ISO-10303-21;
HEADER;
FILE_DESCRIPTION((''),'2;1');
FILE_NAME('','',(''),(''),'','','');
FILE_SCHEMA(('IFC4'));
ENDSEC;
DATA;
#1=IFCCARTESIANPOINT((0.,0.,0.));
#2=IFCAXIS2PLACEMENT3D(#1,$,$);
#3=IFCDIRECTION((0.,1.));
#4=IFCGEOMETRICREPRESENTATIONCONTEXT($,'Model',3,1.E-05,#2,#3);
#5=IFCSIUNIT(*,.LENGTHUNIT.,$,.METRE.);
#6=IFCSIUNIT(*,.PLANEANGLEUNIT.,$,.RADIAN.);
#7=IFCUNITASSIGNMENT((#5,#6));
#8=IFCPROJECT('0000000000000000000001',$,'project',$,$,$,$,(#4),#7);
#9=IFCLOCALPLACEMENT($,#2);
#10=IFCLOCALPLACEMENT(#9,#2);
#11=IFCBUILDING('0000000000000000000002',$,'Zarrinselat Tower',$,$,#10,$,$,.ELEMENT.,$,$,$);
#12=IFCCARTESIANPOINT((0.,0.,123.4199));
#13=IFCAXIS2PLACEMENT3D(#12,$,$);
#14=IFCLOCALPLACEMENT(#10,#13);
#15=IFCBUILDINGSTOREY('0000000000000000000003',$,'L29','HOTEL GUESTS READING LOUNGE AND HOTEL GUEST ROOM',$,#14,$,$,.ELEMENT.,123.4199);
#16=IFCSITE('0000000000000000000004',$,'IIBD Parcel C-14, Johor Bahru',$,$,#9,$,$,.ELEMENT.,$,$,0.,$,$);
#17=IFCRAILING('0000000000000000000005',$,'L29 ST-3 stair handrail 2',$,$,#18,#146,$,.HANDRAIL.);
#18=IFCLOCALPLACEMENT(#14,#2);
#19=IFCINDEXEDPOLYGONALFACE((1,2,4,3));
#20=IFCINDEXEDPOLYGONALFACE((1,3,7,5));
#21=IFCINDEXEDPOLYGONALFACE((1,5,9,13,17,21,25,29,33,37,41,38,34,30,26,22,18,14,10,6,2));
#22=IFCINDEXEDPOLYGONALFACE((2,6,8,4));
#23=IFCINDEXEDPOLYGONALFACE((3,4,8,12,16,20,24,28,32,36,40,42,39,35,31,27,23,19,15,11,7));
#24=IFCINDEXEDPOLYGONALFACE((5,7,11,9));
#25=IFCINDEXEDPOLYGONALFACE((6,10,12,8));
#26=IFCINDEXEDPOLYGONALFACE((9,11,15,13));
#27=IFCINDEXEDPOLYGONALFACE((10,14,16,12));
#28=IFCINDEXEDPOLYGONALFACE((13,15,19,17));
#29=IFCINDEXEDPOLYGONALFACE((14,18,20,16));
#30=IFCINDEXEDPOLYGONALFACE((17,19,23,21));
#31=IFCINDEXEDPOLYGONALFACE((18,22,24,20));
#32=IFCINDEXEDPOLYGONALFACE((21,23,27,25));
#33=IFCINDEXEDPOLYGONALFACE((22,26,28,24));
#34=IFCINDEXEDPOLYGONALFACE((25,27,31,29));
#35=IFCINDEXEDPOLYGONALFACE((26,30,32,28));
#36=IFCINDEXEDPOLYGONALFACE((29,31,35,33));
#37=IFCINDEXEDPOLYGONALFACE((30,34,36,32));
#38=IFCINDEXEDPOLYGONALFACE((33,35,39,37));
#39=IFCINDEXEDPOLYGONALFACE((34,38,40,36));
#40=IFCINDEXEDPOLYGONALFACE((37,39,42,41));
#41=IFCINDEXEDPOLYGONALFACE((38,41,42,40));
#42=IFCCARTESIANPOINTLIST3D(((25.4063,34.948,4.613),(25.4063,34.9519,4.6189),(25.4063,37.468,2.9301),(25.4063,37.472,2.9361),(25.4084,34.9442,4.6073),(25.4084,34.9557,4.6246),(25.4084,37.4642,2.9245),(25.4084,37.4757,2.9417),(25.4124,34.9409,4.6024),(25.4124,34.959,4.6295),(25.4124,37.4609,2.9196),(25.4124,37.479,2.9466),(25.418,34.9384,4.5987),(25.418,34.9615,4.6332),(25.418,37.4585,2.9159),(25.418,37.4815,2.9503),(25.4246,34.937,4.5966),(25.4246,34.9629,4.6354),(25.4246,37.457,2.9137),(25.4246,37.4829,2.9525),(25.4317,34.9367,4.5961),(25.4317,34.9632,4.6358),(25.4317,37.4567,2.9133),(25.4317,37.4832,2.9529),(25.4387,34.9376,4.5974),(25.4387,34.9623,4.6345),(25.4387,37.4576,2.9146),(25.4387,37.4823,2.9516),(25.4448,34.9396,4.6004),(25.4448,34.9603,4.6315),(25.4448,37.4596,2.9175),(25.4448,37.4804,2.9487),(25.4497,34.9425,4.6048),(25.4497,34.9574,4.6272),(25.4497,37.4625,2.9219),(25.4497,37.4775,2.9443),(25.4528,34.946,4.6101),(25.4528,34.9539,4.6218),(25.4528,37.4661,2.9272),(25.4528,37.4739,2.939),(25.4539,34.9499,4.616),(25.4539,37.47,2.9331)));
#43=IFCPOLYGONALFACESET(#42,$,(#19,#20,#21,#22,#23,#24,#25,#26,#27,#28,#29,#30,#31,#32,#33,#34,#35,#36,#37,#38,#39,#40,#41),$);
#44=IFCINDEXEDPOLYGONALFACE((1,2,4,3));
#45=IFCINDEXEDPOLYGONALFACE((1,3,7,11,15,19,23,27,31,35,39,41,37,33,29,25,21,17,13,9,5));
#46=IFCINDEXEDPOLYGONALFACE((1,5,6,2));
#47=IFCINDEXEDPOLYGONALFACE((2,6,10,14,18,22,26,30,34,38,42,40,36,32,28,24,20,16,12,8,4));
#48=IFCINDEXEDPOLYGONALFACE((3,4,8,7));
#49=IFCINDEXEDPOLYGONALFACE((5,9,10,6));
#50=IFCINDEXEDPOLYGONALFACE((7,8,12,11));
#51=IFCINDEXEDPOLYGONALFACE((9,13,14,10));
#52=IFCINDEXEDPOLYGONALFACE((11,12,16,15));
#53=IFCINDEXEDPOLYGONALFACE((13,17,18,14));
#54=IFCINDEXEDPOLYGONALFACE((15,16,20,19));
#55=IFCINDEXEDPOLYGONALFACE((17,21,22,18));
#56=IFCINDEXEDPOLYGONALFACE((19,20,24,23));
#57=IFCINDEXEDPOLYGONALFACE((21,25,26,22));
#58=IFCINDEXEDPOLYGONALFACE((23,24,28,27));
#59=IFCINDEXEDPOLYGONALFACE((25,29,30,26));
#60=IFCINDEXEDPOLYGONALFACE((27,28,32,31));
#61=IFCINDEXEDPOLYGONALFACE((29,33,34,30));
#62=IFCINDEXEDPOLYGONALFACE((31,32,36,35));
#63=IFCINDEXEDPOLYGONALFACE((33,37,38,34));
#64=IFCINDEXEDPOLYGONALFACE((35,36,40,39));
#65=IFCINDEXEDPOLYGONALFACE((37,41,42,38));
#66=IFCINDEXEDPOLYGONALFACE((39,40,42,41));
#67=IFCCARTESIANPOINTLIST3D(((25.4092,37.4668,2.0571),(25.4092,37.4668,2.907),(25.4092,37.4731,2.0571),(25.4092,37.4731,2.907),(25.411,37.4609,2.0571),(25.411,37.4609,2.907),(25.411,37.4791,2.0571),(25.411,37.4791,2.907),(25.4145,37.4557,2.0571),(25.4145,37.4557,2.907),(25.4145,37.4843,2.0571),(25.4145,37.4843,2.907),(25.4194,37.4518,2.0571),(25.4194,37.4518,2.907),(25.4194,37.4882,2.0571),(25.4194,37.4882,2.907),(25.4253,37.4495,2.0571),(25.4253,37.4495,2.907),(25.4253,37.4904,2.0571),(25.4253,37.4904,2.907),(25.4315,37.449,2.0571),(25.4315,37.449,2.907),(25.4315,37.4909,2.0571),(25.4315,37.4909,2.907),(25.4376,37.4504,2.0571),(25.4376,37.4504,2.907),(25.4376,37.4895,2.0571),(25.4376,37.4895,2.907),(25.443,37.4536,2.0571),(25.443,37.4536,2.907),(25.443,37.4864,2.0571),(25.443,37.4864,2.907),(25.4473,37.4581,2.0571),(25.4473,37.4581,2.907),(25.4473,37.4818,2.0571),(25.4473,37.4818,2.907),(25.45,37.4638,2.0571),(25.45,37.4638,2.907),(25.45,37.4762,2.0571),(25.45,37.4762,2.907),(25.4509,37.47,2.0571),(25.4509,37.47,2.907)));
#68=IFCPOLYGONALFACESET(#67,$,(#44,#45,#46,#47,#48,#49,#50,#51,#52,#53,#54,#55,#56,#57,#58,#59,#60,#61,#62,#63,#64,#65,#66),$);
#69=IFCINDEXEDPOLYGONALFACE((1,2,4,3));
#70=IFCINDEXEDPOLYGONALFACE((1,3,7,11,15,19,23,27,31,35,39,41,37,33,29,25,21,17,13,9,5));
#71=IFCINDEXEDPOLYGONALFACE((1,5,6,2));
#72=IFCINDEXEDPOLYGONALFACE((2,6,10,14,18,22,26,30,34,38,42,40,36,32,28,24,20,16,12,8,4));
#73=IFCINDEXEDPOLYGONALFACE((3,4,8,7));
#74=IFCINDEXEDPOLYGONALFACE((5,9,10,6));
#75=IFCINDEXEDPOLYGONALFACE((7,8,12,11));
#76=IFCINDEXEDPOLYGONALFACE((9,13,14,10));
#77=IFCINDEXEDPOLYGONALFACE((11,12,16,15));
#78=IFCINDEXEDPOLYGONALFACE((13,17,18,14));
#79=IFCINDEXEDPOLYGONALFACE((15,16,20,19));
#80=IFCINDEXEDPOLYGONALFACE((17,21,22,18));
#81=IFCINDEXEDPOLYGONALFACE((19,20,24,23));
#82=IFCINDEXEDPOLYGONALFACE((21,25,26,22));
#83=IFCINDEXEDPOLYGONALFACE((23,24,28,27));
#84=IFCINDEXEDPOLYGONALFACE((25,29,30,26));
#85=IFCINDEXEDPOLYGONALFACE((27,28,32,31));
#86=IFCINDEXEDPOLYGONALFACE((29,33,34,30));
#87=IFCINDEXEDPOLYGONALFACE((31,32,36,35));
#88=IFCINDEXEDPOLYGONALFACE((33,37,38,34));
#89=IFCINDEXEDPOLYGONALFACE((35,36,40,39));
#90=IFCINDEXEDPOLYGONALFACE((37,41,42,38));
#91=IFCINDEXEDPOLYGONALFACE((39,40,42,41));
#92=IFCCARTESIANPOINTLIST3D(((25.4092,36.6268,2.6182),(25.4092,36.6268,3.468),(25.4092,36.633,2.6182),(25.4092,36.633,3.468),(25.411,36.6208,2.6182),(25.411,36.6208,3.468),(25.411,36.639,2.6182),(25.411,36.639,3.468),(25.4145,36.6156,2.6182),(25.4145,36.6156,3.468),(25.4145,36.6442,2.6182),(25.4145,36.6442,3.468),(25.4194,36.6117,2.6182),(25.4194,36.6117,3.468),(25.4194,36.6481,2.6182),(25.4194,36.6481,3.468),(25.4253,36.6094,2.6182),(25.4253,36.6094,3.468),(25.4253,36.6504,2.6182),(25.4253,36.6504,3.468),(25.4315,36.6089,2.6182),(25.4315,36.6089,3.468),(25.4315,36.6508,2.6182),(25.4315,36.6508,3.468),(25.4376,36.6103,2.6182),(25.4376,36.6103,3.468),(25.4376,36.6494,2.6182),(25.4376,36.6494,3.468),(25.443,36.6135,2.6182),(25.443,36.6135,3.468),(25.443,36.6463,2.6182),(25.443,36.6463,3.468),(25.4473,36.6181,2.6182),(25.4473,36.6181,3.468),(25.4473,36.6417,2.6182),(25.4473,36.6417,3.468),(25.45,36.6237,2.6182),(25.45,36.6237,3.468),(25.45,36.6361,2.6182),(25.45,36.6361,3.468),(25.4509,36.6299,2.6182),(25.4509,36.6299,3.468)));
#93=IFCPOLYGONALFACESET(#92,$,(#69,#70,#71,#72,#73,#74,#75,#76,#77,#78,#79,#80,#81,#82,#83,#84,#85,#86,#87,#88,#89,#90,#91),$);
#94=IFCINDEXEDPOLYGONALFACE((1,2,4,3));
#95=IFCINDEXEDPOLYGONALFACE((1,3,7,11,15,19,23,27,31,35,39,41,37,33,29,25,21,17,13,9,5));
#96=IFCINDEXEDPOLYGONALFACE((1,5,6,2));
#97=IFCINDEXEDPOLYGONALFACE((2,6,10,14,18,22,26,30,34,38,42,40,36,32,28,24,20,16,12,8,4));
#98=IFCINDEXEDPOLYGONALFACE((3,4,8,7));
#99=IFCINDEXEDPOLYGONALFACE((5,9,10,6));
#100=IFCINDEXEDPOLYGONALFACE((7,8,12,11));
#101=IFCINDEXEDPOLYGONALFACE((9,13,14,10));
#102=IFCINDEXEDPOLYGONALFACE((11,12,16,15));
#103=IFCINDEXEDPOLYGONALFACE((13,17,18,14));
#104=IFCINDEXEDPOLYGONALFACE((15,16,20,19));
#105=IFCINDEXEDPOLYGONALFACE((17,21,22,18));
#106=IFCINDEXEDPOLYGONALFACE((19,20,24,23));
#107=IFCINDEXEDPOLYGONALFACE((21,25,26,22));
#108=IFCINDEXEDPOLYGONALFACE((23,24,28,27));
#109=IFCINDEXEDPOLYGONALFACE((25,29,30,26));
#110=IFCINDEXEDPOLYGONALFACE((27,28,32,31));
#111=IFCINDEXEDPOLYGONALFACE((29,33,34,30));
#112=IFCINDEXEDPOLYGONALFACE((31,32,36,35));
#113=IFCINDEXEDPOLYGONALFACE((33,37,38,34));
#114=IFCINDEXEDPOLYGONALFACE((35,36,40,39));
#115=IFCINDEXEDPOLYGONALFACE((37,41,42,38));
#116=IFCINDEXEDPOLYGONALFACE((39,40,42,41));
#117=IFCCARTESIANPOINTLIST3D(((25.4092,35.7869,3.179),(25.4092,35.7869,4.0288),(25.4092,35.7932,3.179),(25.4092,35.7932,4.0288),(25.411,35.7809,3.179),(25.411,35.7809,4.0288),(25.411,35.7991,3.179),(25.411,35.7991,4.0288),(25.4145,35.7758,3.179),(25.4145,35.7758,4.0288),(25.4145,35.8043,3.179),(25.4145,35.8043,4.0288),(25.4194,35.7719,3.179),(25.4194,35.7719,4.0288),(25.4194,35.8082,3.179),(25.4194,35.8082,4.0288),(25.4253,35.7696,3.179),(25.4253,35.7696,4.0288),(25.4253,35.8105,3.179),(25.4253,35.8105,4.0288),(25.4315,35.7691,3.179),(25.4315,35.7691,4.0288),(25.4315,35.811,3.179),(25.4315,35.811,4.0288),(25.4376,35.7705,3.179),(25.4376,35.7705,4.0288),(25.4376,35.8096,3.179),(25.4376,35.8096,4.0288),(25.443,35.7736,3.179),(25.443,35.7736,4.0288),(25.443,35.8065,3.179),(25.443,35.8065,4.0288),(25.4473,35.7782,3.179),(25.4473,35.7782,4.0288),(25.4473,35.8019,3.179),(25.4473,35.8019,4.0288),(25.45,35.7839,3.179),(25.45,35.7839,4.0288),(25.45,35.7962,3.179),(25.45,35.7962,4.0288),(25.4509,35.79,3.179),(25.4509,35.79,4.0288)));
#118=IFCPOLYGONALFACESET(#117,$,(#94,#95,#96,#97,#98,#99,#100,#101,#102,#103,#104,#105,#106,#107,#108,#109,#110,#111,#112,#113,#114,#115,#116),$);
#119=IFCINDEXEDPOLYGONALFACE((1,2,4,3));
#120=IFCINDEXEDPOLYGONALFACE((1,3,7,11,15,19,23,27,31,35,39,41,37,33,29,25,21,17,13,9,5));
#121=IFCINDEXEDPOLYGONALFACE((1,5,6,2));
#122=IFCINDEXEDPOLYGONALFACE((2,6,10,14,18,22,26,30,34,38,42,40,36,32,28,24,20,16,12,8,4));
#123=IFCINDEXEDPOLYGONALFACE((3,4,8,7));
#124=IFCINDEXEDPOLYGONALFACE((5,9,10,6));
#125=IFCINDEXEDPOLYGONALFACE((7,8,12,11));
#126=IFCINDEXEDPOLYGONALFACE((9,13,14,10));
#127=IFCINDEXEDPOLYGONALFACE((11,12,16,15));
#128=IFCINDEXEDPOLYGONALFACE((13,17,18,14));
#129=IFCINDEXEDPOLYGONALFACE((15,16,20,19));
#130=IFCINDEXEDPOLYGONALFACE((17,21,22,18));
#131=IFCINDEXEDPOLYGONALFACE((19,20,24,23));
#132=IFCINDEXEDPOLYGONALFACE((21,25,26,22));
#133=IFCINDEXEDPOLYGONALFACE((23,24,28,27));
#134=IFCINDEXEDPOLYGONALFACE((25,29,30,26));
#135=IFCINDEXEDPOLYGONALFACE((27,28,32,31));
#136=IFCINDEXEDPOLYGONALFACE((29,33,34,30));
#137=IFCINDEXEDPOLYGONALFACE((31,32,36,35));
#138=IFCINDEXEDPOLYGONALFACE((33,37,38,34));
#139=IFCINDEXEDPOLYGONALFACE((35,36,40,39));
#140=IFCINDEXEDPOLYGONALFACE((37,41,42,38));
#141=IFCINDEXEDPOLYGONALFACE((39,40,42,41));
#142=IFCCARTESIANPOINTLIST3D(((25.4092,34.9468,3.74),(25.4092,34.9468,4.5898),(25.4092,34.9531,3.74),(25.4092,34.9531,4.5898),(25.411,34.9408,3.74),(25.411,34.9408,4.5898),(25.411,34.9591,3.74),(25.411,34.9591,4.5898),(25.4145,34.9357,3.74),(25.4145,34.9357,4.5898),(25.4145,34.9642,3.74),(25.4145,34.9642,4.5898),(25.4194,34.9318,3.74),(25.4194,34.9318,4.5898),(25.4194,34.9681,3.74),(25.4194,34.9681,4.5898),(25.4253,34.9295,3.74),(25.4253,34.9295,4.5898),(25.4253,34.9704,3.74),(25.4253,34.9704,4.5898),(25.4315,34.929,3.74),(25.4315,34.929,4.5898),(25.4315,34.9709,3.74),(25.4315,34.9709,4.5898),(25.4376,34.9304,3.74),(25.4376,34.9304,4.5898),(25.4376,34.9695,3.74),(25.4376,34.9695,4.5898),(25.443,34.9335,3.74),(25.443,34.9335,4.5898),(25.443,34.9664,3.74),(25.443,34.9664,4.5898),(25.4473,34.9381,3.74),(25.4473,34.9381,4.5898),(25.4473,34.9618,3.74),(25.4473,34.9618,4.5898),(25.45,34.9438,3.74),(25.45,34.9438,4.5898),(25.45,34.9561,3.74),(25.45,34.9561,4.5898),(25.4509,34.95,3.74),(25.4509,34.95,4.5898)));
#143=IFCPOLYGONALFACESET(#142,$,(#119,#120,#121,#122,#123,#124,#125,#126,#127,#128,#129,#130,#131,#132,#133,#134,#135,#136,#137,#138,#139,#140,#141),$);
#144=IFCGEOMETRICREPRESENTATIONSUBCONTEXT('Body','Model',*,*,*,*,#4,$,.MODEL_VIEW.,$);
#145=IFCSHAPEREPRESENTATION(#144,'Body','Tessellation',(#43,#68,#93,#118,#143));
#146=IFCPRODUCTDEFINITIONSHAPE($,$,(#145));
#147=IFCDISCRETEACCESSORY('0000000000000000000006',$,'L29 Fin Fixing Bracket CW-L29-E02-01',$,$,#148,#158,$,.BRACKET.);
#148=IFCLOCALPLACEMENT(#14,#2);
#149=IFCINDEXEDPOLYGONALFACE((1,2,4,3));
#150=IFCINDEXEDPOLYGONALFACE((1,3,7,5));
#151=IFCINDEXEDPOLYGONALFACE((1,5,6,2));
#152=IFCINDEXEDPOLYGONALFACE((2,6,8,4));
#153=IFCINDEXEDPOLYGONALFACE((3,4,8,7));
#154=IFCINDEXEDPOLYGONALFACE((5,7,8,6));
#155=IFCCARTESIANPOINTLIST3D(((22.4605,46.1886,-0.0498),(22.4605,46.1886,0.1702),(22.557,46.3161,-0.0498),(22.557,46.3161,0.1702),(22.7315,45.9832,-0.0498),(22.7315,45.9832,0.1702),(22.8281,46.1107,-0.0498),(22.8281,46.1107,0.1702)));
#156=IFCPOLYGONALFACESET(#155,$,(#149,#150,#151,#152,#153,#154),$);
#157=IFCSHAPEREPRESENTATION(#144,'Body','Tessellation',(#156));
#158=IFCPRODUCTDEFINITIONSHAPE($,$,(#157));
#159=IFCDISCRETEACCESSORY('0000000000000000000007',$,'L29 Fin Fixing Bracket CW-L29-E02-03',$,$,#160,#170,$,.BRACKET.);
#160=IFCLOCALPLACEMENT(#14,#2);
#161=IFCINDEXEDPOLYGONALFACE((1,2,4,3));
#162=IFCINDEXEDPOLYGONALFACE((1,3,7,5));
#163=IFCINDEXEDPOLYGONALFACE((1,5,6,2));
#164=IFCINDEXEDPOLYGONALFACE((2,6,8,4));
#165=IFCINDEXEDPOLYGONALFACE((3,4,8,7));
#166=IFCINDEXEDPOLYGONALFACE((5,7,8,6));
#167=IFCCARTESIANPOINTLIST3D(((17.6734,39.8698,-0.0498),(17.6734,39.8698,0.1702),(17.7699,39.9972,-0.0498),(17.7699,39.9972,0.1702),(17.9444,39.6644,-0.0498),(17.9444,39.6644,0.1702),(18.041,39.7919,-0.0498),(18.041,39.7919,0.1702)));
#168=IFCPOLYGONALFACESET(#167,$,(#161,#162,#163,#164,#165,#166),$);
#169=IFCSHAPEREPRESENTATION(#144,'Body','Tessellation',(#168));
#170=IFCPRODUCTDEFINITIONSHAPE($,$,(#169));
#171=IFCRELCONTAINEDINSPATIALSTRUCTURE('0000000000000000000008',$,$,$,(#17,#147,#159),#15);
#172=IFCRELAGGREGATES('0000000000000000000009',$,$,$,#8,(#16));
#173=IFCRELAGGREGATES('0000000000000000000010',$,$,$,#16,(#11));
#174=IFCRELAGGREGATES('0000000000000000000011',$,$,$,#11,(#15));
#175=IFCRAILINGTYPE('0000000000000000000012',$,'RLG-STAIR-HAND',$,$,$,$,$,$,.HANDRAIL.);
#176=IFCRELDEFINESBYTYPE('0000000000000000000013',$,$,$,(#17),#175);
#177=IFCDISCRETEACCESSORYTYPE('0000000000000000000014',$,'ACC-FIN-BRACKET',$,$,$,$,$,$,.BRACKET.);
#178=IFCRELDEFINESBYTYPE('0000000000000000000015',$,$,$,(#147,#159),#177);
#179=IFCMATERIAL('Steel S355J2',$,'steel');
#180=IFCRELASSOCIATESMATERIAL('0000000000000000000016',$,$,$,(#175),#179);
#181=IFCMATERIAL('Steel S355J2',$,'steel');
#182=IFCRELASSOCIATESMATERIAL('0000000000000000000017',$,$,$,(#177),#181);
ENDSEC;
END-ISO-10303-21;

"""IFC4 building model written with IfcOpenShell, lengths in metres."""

from ifc_helpers import new_model, si_unit, direction, frame, origin, origin_2d, place, context, subcontext, project, spatial, rectangle, circle, extrude, material, type_object, element, save


model = new_model("IFC4")

# Units and contexts
model_context = context("Model", 3, precision=1e-05, world=origin(), true_north=direction((0.0, 1.0)))
body_context = subcontext(model_context, "Body", "Model", "MODEL_VIEW")
ifc_project = project(units=[si_unit("LENGTHUNIT", "METRE"), si_unit("PLANEANGLEUNIT", "RADIAN")], contexts=[model_context])

# Site, building, storey
site_placement = place(None, origin())
site = spatial("IfcSite", under=ifc_project, at=site_placement, Name="IIBD Parcel C-14, Johor Bahru", CompositionType="ELEMENT", RefElevation=0.0)
building_placement = place(site_placement, origin())
building = spatial("IfcBuilding", under=site, at=building_placement, Name="Zarrinselat Tower", CompositionType="ELEMENT")
storey_placement = place(building_placement, frame((0.0, 0.0, 123.4199)))
storey = spatial("IfcBuildingStorey", under=building, at=storey_placement, Name="L29", Description="HOTEL GUESTS READING LOUNGE AND HOTEL GUEST ROOM", CompositionType="ELEMENT", Elevation=123.4199)

# Railing
ifc_material_1 = material(Name="Steel S355J2", Category="steel")
railing_type_1 = type_object("IfcRailingType", Name="RLG-STAIR-HAND", PredefinedType="HANDRAIL", material=ifc_material_1)
railing_1_placement = place(storey_placement, frame((25.4299, 37.47, 2.0571)))
element("IfcRailing", 1, at=railing_1_placement, inside=storey, type_object=railing_type_1, Name="L29 ST-3 stair handrail 2", PredefinedType="HANDRAIL", context=body_context, shape_type="SweptSolid", body=[
    extrude(circle(Radius=0.0239, at=origin_2d()), frame((0.0, 0.0, 0.876), z_axis=(0.0, -0.831616, 0.555351), x_axis=(1.0, 0.0, 0.0)), (0.0, 0.0, 1.0), 3.0303),
    extrude(circle(Radius=0.021, at=origin_2d()), origin(), (0.0, 0.0, 1.0), 0.8499),
    extrude(circle(Radius=0.021, at=origin_2d()), frame((0.0, -0.8401, 0.561)), (0.0, 0.0, 1.0), 0.8499),
    extrude(circle(Radius=0.021, at=origin_2d()), frame((0.0, -1.6799, 1.1218)), (0.0, 0.0, 1.0), 0.8499),
    extrude(circle(Radius=0.021, at=origin_2d()), frame((0.0, -2.52, 1.6829)), (0.0, 0.0, 1.0), 0.8499),
])

# Discrete accessories
ifc_material_2 = material(Name="Steel S355J2", Category="steel")
discrete_accessory_type = type_object("IfcDiscreteAccessoryType", Name="ACC-FIN-BRACKET", PredefinedType="BRACKET", material=ifc_material_2)
for number, where, z_axis, x_axis, name in (
    (2, (22.6443, 46.1497, -0.0498), (0.0, 0.0, 1.0), (-0.797092, 0.603858, 0.0), "L29 Fin Fixing Bracket CW-L29-E02-01"),
    (3, (17.8572, 39.8308, -0.0498), (0.0, 0.0, 1.0), (-0.797092, 0.603858, 0.0), "L29 Fin Fixing Bracket CW-L29-E02-03"),
):
    element("IfcDiscreteAccessory", number, at=place(storey_placement, frame(where, z_axis=z_axis, x_axis=x_axis)), inside=storey, type_object=discrete_accessory_type, Name=name, PredefinedType="BRACKET", context=body_context, shape_type="SweptSolid", body=[
        extrude(rectangle(XDim=0.3401, YDim=0.1599, at=origin_2d()), origin(), (0.0, 0.0, 1.0), 0.22),
    ])

save(model, "model.ifc")
